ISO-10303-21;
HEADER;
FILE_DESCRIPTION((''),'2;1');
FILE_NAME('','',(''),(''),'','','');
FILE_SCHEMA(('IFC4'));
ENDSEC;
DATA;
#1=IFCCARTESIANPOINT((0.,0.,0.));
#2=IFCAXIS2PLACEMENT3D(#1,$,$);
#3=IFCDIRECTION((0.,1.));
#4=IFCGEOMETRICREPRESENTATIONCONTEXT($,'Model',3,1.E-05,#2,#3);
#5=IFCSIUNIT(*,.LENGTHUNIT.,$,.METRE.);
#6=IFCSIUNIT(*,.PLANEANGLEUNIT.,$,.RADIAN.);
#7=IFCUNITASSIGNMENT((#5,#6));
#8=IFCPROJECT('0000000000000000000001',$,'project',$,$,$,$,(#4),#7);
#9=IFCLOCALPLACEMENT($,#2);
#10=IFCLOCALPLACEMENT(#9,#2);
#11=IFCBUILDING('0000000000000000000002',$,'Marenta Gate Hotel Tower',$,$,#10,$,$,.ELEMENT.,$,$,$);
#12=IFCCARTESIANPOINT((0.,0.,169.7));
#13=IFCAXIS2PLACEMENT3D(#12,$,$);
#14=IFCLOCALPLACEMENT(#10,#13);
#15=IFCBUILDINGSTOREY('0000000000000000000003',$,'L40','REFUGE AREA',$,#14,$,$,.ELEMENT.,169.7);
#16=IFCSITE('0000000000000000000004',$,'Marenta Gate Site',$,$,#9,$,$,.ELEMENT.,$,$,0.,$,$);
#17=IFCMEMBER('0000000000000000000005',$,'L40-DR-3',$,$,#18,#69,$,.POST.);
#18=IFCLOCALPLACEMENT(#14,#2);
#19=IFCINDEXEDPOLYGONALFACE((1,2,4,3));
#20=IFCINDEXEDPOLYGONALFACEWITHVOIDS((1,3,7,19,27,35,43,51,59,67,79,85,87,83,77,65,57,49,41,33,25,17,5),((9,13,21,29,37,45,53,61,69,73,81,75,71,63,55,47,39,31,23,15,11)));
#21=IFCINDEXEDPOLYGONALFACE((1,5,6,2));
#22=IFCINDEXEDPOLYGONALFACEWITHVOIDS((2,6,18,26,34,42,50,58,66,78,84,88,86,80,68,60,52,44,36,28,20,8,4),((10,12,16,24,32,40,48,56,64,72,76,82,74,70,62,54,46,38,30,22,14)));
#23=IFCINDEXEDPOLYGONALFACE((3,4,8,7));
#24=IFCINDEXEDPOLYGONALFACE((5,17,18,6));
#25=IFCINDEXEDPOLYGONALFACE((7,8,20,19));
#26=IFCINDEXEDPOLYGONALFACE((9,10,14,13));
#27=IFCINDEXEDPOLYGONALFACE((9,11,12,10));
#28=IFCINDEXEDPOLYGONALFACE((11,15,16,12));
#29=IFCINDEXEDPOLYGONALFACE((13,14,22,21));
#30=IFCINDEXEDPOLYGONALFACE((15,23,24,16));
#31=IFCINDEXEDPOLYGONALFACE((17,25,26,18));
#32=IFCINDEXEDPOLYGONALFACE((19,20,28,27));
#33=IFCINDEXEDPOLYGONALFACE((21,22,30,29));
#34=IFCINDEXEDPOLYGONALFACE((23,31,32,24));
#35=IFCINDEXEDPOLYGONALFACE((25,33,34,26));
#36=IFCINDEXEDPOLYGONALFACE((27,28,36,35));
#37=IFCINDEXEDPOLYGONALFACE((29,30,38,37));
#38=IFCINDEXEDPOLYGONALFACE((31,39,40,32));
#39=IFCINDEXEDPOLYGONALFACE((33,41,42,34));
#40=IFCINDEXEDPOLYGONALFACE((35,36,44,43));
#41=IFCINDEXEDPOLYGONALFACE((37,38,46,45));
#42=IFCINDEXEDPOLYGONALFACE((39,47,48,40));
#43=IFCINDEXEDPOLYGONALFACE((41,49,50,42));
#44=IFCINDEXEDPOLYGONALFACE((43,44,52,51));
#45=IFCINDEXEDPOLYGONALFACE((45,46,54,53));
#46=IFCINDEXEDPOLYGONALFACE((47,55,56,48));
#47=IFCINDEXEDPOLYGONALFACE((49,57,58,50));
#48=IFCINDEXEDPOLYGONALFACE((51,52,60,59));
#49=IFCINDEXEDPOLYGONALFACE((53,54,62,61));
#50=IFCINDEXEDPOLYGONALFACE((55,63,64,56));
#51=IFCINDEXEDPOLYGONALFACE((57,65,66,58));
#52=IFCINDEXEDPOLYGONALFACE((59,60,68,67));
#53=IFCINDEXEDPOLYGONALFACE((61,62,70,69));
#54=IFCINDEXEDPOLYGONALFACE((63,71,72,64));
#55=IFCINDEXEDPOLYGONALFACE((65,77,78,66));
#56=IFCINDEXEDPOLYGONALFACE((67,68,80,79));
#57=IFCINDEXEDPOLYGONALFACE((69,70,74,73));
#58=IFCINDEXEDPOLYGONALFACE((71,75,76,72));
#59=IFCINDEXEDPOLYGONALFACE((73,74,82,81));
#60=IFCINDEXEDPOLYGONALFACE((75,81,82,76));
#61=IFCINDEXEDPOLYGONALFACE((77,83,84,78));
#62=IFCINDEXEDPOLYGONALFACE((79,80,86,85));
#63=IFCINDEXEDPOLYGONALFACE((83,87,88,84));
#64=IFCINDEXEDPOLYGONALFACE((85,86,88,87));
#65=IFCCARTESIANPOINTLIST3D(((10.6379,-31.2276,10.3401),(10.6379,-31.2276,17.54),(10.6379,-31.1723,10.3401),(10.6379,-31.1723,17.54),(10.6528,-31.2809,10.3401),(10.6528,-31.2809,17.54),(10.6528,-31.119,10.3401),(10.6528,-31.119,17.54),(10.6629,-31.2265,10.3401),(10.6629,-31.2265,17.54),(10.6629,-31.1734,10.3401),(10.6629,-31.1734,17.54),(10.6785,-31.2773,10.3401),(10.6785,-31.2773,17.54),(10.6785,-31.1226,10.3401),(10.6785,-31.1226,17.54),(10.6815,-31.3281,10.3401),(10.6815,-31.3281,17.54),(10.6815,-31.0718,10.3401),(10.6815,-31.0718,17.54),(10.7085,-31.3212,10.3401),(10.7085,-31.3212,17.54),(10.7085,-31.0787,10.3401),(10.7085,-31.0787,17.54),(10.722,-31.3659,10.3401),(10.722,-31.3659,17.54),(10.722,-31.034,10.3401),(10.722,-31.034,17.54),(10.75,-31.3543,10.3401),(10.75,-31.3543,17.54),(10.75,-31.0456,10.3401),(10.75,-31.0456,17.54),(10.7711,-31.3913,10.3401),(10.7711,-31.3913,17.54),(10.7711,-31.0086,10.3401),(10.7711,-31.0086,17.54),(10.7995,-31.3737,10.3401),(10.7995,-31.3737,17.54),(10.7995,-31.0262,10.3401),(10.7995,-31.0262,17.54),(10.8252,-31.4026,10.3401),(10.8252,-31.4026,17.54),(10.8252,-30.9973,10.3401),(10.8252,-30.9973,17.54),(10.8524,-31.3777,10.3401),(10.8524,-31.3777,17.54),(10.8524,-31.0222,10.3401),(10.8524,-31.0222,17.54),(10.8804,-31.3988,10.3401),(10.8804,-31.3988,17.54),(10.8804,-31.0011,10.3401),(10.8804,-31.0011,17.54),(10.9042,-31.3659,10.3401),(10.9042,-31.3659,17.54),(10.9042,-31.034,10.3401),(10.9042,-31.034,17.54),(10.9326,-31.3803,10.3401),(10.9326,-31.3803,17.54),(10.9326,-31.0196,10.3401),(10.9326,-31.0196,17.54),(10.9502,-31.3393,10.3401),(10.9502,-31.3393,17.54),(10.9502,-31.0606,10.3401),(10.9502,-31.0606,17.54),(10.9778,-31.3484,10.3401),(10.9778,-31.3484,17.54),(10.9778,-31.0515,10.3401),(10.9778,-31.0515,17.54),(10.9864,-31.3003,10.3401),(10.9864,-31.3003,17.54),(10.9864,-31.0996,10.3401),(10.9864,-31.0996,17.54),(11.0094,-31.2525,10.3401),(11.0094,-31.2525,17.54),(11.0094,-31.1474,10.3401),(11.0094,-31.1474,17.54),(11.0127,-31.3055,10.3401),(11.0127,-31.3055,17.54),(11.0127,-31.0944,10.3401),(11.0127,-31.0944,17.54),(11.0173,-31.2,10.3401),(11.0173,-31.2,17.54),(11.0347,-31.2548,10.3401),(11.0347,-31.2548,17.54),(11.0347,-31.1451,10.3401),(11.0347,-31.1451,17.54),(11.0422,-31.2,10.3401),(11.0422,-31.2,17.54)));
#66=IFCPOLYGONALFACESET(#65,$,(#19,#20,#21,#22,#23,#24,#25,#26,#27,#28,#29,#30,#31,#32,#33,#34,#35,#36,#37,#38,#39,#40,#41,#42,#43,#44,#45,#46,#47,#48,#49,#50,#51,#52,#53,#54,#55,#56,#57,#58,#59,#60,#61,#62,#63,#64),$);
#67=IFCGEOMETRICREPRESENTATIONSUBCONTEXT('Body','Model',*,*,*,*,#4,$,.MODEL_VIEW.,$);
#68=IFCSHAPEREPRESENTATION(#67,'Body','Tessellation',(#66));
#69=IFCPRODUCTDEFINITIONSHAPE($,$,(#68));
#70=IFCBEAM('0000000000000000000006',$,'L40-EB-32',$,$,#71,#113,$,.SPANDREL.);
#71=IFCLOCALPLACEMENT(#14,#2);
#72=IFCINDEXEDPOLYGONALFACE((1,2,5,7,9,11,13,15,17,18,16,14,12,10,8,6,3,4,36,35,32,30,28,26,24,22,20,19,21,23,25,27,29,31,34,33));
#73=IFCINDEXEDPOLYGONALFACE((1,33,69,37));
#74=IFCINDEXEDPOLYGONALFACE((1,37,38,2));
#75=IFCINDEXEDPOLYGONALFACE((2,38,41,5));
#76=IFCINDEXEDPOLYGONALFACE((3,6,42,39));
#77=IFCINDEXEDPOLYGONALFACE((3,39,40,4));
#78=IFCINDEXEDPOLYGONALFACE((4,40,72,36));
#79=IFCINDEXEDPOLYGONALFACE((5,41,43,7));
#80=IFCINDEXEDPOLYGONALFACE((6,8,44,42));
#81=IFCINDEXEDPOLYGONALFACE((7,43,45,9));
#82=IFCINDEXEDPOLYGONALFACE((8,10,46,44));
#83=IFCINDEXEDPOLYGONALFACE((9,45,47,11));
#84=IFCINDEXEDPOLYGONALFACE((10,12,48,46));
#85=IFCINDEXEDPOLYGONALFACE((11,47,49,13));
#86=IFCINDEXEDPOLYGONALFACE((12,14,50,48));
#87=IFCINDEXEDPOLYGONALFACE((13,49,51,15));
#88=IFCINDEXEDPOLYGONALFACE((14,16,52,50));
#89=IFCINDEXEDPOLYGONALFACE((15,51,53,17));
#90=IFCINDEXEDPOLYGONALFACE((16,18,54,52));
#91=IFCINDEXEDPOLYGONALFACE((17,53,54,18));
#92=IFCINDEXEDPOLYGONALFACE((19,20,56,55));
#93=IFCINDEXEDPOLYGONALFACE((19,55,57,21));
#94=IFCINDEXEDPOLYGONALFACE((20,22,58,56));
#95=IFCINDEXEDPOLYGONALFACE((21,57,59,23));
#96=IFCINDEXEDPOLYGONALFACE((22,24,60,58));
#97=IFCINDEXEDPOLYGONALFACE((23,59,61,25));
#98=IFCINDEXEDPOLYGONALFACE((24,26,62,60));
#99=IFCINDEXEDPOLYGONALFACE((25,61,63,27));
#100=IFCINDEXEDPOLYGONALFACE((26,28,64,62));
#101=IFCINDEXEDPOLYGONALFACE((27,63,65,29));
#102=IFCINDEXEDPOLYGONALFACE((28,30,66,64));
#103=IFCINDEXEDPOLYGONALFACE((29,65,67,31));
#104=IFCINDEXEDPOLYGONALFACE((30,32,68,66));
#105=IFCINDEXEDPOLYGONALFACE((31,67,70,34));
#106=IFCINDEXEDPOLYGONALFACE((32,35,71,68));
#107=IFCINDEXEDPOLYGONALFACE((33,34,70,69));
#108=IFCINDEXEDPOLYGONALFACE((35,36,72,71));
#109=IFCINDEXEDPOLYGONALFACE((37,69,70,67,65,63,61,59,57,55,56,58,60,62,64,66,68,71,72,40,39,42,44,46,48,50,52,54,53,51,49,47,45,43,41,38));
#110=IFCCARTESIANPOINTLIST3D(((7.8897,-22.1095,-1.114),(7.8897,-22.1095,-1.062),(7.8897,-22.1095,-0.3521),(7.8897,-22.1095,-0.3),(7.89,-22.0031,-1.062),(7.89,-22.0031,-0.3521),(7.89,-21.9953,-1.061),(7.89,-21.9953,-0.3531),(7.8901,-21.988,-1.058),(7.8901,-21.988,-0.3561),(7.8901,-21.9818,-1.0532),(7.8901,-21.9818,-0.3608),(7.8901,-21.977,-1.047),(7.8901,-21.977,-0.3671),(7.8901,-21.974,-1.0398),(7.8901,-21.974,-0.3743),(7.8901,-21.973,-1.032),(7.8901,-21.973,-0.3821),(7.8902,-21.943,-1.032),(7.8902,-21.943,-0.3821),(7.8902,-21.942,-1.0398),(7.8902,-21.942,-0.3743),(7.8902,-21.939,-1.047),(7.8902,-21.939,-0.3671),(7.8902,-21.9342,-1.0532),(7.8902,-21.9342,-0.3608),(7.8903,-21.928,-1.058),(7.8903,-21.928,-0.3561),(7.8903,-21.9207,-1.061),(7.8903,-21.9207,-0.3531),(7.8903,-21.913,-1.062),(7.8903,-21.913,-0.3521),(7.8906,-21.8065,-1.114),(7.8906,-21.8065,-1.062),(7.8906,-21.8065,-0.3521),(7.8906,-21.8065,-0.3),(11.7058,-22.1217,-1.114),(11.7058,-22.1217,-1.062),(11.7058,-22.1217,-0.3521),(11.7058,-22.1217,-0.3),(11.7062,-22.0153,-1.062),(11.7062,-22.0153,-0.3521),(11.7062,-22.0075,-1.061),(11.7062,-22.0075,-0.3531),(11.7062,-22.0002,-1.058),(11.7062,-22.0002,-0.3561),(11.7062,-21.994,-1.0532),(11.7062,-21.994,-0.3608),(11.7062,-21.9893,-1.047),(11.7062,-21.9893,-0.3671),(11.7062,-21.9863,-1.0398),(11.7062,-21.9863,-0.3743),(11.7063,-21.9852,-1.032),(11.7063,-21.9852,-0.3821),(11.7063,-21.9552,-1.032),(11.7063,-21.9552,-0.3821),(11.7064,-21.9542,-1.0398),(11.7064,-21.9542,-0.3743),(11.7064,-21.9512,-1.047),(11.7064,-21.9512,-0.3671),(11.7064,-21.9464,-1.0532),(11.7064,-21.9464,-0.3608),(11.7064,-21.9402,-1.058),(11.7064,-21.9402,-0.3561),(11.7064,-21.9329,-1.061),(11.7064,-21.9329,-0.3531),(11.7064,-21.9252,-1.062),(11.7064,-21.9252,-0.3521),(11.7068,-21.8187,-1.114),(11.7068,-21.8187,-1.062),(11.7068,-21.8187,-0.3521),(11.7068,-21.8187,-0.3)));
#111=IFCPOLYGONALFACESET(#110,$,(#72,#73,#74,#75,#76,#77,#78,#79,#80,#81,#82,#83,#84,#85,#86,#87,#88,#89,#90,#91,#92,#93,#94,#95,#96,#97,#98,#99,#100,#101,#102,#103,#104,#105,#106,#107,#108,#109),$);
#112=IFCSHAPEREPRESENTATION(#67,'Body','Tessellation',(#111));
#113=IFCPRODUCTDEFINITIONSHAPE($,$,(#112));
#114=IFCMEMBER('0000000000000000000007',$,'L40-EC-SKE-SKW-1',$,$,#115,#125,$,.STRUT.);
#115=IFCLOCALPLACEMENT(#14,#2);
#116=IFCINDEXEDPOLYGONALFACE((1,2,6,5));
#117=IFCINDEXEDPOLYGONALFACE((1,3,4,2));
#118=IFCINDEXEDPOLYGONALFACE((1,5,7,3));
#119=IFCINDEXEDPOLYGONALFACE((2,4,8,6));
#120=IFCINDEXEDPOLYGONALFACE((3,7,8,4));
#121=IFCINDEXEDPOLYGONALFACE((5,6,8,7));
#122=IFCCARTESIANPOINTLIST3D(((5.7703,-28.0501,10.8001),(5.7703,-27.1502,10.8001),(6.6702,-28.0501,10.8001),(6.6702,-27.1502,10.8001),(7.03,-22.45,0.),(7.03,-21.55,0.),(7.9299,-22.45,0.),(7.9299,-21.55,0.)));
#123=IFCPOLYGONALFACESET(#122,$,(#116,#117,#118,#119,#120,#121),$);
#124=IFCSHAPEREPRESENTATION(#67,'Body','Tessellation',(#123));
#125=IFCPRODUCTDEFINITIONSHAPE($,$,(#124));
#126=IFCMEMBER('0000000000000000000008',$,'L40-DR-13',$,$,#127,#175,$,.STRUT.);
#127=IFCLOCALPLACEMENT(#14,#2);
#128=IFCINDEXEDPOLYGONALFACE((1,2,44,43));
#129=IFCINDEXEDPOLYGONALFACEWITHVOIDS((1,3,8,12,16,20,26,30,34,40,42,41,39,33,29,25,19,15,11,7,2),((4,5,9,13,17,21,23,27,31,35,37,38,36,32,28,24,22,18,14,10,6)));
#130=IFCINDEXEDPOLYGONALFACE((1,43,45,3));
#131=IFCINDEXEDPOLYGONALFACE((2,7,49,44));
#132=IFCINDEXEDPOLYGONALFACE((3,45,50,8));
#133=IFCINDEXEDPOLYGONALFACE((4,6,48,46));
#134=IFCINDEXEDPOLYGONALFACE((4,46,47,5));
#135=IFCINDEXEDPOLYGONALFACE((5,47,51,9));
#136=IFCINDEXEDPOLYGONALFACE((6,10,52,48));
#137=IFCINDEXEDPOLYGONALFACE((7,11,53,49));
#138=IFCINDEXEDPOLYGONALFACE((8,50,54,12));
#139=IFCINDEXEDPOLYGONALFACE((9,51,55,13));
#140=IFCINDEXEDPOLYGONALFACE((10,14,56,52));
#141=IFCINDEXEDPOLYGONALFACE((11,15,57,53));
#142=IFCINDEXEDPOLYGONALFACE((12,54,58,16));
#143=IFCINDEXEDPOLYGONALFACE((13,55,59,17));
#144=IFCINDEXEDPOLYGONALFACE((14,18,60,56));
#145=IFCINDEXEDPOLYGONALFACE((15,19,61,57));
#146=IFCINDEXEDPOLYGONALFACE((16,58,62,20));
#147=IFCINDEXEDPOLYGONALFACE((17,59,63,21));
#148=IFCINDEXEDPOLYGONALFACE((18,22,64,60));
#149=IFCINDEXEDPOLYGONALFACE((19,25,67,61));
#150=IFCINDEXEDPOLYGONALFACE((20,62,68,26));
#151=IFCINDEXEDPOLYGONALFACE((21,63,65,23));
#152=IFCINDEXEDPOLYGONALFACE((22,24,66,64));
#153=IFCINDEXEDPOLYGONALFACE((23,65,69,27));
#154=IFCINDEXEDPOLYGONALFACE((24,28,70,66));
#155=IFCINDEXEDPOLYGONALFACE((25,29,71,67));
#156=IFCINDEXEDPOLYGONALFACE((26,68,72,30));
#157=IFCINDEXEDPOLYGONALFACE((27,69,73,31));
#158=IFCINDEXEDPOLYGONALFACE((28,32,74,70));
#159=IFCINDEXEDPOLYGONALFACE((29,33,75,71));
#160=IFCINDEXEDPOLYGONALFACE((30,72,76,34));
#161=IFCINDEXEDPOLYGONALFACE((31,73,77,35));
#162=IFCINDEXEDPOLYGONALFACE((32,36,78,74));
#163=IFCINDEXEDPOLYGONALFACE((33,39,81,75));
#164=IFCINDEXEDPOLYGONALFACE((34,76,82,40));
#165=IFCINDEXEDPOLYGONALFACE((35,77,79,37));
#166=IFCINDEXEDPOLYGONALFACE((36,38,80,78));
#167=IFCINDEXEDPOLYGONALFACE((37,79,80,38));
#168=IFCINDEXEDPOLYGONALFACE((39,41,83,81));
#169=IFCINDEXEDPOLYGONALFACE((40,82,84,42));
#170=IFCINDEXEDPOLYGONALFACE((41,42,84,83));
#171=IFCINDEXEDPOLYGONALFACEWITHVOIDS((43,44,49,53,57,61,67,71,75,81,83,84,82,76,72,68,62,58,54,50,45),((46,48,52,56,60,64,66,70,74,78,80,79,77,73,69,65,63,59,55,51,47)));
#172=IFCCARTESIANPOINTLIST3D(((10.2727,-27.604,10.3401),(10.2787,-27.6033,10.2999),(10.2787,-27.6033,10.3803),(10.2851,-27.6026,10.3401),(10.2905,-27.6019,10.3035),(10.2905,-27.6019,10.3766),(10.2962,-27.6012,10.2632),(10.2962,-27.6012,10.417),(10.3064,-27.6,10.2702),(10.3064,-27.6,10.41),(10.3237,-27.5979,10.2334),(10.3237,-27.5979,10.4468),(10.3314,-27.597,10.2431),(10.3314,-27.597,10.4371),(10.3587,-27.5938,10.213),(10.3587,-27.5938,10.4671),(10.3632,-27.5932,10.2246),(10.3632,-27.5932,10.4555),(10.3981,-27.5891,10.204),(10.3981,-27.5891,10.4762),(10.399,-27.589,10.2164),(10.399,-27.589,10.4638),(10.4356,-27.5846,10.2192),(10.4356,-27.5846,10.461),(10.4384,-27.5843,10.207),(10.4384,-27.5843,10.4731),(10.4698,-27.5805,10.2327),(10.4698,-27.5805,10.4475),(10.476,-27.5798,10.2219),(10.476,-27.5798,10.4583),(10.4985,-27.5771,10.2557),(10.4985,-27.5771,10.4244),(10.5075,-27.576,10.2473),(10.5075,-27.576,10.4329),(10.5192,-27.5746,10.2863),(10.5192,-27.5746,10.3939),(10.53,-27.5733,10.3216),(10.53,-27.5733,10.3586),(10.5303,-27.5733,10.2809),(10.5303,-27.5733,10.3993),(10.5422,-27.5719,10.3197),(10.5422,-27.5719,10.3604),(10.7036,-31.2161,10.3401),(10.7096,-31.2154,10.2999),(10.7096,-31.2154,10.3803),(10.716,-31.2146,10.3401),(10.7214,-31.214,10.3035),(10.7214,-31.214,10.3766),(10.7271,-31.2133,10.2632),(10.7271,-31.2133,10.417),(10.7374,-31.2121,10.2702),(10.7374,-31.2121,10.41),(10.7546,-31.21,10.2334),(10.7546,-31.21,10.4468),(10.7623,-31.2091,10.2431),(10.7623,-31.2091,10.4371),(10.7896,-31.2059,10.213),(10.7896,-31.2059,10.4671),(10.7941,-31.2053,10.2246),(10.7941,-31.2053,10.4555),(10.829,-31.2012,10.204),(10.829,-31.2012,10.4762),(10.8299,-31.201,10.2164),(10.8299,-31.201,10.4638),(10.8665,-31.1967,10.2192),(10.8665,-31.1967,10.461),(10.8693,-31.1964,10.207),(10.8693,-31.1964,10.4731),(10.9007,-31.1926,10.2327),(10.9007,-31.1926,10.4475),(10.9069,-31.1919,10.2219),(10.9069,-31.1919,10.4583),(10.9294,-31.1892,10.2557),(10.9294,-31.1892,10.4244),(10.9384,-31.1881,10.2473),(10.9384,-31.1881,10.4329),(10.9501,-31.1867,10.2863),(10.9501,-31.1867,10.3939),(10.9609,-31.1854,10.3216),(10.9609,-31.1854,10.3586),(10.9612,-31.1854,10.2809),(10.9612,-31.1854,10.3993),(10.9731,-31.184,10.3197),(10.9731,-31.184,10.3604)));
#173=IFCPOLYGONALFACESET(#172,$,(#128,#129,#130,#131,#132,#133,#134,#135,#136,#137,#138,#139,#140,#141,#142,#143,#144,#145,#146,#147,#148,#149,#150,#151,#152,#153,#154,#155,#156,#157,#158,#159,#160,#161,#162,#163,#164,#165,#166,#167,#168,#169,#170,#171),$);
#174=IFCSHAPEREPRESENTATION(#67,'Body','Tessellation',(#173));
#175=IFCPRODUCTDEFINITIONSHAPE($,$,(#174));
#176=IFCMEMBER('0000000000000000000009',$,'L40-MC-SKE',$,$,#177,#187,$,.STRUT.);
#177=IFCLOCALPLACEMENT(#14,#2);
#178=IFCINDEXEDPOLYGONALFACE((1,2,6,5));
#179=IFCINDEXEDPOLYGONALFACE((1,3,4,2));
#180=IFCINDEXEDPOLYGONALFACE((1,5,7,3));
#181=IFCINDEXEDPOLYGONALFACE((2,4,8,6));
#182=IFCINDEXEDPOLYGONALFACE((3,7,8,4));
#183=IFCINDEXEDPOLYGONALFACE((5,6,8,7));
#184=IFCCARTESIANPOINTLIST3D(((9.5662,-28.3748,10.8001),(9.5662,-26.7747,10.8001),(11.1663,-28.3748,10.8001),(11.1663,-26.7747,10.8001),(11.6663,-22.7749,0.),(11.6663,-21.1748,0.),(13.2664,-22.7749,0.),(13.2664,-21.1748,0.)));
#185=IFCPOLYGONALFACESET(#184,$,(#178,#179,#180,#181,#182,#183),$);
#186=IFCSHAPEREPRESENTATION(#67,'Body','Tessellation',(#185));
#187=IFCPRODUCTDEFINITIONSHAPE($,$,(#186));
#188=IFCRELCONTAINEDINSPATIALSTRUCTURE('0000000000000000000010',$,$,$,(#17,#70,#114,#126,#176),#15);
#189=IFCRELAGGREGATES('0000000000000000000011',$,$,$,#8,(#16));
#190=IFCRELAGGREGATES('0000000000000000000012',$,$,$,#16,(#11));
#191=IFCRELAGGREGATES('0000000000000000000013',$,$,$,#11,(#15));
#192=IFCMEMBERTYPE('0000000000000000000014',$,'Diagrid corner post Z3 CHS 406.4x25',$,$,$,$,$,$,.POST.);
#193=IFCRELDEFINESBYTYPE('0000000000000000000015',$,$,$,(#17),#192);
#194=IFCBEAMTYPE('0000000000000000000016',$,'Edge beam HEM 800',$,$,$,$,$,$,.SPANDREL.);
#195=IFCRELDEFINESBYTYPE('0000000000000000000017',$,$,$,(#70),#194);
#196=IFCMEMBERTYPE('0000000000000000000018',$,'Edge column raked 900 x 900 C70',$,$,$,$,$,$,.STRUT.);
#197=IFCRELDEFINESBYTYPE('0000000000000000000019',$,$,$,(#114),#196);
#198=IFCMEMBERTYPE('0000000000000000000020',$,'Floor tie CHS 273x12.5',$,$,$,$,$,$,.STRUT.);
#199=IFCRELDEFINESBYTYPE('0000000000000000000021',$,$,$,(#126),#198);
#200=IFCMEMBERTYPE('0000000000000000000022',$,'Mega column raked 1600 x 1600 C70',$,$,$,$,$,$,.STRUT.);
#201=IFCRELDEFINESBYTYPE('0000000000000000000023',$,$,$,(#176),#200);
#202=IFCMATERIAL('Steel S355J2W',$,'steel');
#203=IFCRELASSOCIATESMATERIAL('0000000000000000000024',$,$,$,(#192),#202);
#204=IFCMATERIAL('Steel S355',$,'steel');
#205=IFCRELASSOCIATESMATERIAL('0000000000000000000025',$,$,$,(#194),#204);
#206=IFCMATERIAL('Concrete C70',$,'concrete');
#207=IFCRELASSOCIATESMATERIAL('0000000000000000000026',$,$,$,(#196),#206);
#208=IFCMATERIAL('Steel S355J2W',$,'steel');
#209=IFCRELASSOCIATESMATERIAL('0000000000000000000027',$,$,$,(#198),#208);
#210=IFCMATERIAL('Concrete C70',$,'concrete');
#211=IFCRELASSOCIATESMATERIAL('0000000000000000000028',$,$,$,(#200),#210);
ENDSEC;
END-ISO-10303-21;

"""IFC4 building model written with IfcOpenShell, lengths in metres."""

from ifc_helpers import new_model, si_unit, direction, frame, origin, origin_2d, place, context, subcontext, project, spatial, rectangle, hollow_circle, i_section, extrude, material, material_profile, profile_set, type_object, element, save


model = new_model("IFC4")

# Units and contexts
model_context = context("Model", 3, precision=1e-05, world=origin(), true_north=direction((0.0, 1.0)))
body_context = subcontext(model_context, "Body", "Model", "MODEL_VIEW")
ifc_project = project(units=[si_unit("LENGTHUNIT", "METRE"), si_unit("PLANEANGLEUNIT", "RADIAN")], contexts=[model_context])

# Site, building, storey
site_placement = place(None, origin())
site = spatial("IfcSite", under=ifc_project, at=site_placement, Name="Marenta Gate Site", CompositionType="ELEMENT", RefElevation=0.0)
building_placement = place(site_placement, origin())
building = spatial("IfcBuilding", under=site, at=building_placement, Name="Marenta Gate Hotel Tower", CompositionType="ELEMENT")
storey_placement = place(building_placement, frame((0.0, 0.0, 169.7)))
storey = spatial("IfcBuildingStorey", under=building, at=storey_placement, Name="L40", Description="REFUGE AREA", CompositionType="ELEMENT", Elevation=169.7)

# Member
ifc_material_1 = material(Name="Steel S355J2W", Category="steel")
ifc_material_profile_1 = material_profile(ifc_material_1, hollow_circle(Radius=0.2031, WallThickness=0.0249, at=origin_2d()), Name="CHS 406.4x25")
ifc_profile_set_1 = profile_set([ifc_material_profile_1], Name="Steel S355J2W")
member_type_1 = type_object("IfcMemberType", Name="Diagrid corner post Z3 CHS 406.4x25", PredefinedType="POST", material=ifc_profile_set_1)
member_1_placement = place(storey_placement, frame((10.8391, -31.2, 10.3401), z_axis=(0.0, 0.0, 1.0), x_axis=(1.0, 0.0, 0.0)))
element("IfcMember", 1, at=member_1_placement, inside=storey, type_object=member_type_1, Name="L40-DR-3", PredefinedType="POST", context=body_context, shape_type="SweptSolid", body=[
    extrude(hollow_circle(Radius=0.2031, WallThickness=0.0249, at=origin_2d()), origin(), (0.0, 0.0, 1.0), 7.2),
])

# Beam
ifc_material_2 = material(Name="Steel S355", Category="steel")
ifc_material_profile_2 = material_profile(ifc_material_2, i_section(OverallWidth=0.303, OverallDepth=0.814, WebThickness=0.03, FlangeThickness=0.052, FilletRadius=0.03, at=origin_2d()), Name="HEM 800")
ifc_profile_set_2 = profile_set([ifc_material_profile_2], Name="Steel S355")
beam_type_1 = type_object("IfcBeamType", Name="Edge beam HEM 800", PredefinedType="SPANDREL", material=ifc_profile_set_2)
beam_1_placement = place(storey_placement, frame((11.7063, -21.9702, -0.707), z_axis=(-0.999995, 0.003199, 0.0), x_axis=(-0.003199, -0.999995, 0.0)))
element("IfcBeam", 2, at=beam_1_placement, inside=storey, type_object=beam_type_1, Name="L40-EB-32", PredefinedType="SPANDREL", context=body_context, shape_type="SweptSolid", body=[
    extrude(i_section(OverallWidth=0.303, OverallDepth=0.814, WebThickness=0.03, FlangeThickness=0.052, FilletRadius=0.03, at=origin_2d()), origin(), (0.0, 0.0, 1.0), 3.8162),
])

# Members
ifc_material_3 = material(Name="Concrete C70", Category="concrete")
ifc_material_profile_3 = material_profile(ifc_material_3, rectangle(XDim=0.8999, YDim=0.8999, at=origin_2d()), Name="900 x 900")
ifc_profile_set_3 = profile_set([ifc_material_profile_3], Name="Concrete C70")
member_type_2 = type_object("IfcMemberType", Name="Edge column raked 900 x 900 C70", PredefinedType="STRUT", material=ifc_profile_set_3)
member_2_placement = place(storey_placement, frame((7.48, -22.0, 0.0), z_axis=(0.0, 0.0, 1.0), x_axis=(1.0, 0.0, 0.0)))
element("IfcMember", 3, at=member_2_placement, inside=storey, type_object=member_type_2, Name="L40-EC-SKE-SKW-1", PredefinedType="STRUT", context=body_context, shape_type="SweptSolid", body=[
    extrude(rectangle(XDim=0.8999, YDim=0.8999, at=origin_2d()), origin(), (-0.103001, -0.457874, 0.88303), 12.2307),
])
ifc_material_4 = material(Name="Steel S355J2W", Category="steel")
ifc_material_profile_4 = material_profile(ifc_material_4, hollow_circle(Radius=0.1365, WallThickness=0.0125, at=origin_2d()), Name="CHS 273x12.5")
ifc_profile_set_4 = profile_set([ifc_material_profile_4], Name="Steel S355J2W")
member_type_3 = type_object("IfcMemberType", Name="Floor tie CHS 273x12.5", PredefinedType="STRUT", material=ifc_profile_set_4)
member_3_placement = place(storey_placement, frame((10.8391, -31.2, 10.3401), z_axis=(-0.118457, 0.992959, 0.0), x_axis=(-0.992959, -0.118457, 0.0)))
element("IfcMember", 4, at=member_3_placement, inside=storey, type_object=member_type_3, Name="L40-DR-13", PredefinedType="STRUT", context=body_context, shape_type="SweptSolid", body=[
    extrude(hollow_circle(Radius=0.1365, WallThickness=0.0125, at=origin_2d()), origin(), (0.0, 0.0, 1.0), 3.6377),
])
ifc_material_5 = material(Name="Concrete C70", Category="concrete")
ifc_material_profile_5 = material_profile(ifc_material_5, rectangle(XDim=1.6001, YDim=1.6001, at=origin_2d()), Name="1600 x 1600")
ifc_profile_set_5 = profile_set([ifc_material_profile_5], Name="Concrete C70")
member_type_4 = type_object("IfcMemberType", Name="Mega column raked 1600 x 1600 C70", PredefinedType="STRUT", material=ifc_profile_set_5)
member_4_placement = place(storey_placement, frame((12.4663, -21.9749, 0.0), z_axis=(0.0, 0.0, 1.0), x_axis=(1.0, 0.0, 0.0)))
element("IfcMember", 5, at=member_4_placement, inside=storey, type_object=member_type_4, Name="L40-MC-SKE", PredefinedType="STRUT", context=body_context, shape_type="SweptSolid", body=[
    extrude(rectangle(XDim=1.6001, YDim=1.6001, at=origin_2d()), origin(), (-0.170111, -0.453597, 0.874821), 12.3455),
])

save(model, "model.ifc")
